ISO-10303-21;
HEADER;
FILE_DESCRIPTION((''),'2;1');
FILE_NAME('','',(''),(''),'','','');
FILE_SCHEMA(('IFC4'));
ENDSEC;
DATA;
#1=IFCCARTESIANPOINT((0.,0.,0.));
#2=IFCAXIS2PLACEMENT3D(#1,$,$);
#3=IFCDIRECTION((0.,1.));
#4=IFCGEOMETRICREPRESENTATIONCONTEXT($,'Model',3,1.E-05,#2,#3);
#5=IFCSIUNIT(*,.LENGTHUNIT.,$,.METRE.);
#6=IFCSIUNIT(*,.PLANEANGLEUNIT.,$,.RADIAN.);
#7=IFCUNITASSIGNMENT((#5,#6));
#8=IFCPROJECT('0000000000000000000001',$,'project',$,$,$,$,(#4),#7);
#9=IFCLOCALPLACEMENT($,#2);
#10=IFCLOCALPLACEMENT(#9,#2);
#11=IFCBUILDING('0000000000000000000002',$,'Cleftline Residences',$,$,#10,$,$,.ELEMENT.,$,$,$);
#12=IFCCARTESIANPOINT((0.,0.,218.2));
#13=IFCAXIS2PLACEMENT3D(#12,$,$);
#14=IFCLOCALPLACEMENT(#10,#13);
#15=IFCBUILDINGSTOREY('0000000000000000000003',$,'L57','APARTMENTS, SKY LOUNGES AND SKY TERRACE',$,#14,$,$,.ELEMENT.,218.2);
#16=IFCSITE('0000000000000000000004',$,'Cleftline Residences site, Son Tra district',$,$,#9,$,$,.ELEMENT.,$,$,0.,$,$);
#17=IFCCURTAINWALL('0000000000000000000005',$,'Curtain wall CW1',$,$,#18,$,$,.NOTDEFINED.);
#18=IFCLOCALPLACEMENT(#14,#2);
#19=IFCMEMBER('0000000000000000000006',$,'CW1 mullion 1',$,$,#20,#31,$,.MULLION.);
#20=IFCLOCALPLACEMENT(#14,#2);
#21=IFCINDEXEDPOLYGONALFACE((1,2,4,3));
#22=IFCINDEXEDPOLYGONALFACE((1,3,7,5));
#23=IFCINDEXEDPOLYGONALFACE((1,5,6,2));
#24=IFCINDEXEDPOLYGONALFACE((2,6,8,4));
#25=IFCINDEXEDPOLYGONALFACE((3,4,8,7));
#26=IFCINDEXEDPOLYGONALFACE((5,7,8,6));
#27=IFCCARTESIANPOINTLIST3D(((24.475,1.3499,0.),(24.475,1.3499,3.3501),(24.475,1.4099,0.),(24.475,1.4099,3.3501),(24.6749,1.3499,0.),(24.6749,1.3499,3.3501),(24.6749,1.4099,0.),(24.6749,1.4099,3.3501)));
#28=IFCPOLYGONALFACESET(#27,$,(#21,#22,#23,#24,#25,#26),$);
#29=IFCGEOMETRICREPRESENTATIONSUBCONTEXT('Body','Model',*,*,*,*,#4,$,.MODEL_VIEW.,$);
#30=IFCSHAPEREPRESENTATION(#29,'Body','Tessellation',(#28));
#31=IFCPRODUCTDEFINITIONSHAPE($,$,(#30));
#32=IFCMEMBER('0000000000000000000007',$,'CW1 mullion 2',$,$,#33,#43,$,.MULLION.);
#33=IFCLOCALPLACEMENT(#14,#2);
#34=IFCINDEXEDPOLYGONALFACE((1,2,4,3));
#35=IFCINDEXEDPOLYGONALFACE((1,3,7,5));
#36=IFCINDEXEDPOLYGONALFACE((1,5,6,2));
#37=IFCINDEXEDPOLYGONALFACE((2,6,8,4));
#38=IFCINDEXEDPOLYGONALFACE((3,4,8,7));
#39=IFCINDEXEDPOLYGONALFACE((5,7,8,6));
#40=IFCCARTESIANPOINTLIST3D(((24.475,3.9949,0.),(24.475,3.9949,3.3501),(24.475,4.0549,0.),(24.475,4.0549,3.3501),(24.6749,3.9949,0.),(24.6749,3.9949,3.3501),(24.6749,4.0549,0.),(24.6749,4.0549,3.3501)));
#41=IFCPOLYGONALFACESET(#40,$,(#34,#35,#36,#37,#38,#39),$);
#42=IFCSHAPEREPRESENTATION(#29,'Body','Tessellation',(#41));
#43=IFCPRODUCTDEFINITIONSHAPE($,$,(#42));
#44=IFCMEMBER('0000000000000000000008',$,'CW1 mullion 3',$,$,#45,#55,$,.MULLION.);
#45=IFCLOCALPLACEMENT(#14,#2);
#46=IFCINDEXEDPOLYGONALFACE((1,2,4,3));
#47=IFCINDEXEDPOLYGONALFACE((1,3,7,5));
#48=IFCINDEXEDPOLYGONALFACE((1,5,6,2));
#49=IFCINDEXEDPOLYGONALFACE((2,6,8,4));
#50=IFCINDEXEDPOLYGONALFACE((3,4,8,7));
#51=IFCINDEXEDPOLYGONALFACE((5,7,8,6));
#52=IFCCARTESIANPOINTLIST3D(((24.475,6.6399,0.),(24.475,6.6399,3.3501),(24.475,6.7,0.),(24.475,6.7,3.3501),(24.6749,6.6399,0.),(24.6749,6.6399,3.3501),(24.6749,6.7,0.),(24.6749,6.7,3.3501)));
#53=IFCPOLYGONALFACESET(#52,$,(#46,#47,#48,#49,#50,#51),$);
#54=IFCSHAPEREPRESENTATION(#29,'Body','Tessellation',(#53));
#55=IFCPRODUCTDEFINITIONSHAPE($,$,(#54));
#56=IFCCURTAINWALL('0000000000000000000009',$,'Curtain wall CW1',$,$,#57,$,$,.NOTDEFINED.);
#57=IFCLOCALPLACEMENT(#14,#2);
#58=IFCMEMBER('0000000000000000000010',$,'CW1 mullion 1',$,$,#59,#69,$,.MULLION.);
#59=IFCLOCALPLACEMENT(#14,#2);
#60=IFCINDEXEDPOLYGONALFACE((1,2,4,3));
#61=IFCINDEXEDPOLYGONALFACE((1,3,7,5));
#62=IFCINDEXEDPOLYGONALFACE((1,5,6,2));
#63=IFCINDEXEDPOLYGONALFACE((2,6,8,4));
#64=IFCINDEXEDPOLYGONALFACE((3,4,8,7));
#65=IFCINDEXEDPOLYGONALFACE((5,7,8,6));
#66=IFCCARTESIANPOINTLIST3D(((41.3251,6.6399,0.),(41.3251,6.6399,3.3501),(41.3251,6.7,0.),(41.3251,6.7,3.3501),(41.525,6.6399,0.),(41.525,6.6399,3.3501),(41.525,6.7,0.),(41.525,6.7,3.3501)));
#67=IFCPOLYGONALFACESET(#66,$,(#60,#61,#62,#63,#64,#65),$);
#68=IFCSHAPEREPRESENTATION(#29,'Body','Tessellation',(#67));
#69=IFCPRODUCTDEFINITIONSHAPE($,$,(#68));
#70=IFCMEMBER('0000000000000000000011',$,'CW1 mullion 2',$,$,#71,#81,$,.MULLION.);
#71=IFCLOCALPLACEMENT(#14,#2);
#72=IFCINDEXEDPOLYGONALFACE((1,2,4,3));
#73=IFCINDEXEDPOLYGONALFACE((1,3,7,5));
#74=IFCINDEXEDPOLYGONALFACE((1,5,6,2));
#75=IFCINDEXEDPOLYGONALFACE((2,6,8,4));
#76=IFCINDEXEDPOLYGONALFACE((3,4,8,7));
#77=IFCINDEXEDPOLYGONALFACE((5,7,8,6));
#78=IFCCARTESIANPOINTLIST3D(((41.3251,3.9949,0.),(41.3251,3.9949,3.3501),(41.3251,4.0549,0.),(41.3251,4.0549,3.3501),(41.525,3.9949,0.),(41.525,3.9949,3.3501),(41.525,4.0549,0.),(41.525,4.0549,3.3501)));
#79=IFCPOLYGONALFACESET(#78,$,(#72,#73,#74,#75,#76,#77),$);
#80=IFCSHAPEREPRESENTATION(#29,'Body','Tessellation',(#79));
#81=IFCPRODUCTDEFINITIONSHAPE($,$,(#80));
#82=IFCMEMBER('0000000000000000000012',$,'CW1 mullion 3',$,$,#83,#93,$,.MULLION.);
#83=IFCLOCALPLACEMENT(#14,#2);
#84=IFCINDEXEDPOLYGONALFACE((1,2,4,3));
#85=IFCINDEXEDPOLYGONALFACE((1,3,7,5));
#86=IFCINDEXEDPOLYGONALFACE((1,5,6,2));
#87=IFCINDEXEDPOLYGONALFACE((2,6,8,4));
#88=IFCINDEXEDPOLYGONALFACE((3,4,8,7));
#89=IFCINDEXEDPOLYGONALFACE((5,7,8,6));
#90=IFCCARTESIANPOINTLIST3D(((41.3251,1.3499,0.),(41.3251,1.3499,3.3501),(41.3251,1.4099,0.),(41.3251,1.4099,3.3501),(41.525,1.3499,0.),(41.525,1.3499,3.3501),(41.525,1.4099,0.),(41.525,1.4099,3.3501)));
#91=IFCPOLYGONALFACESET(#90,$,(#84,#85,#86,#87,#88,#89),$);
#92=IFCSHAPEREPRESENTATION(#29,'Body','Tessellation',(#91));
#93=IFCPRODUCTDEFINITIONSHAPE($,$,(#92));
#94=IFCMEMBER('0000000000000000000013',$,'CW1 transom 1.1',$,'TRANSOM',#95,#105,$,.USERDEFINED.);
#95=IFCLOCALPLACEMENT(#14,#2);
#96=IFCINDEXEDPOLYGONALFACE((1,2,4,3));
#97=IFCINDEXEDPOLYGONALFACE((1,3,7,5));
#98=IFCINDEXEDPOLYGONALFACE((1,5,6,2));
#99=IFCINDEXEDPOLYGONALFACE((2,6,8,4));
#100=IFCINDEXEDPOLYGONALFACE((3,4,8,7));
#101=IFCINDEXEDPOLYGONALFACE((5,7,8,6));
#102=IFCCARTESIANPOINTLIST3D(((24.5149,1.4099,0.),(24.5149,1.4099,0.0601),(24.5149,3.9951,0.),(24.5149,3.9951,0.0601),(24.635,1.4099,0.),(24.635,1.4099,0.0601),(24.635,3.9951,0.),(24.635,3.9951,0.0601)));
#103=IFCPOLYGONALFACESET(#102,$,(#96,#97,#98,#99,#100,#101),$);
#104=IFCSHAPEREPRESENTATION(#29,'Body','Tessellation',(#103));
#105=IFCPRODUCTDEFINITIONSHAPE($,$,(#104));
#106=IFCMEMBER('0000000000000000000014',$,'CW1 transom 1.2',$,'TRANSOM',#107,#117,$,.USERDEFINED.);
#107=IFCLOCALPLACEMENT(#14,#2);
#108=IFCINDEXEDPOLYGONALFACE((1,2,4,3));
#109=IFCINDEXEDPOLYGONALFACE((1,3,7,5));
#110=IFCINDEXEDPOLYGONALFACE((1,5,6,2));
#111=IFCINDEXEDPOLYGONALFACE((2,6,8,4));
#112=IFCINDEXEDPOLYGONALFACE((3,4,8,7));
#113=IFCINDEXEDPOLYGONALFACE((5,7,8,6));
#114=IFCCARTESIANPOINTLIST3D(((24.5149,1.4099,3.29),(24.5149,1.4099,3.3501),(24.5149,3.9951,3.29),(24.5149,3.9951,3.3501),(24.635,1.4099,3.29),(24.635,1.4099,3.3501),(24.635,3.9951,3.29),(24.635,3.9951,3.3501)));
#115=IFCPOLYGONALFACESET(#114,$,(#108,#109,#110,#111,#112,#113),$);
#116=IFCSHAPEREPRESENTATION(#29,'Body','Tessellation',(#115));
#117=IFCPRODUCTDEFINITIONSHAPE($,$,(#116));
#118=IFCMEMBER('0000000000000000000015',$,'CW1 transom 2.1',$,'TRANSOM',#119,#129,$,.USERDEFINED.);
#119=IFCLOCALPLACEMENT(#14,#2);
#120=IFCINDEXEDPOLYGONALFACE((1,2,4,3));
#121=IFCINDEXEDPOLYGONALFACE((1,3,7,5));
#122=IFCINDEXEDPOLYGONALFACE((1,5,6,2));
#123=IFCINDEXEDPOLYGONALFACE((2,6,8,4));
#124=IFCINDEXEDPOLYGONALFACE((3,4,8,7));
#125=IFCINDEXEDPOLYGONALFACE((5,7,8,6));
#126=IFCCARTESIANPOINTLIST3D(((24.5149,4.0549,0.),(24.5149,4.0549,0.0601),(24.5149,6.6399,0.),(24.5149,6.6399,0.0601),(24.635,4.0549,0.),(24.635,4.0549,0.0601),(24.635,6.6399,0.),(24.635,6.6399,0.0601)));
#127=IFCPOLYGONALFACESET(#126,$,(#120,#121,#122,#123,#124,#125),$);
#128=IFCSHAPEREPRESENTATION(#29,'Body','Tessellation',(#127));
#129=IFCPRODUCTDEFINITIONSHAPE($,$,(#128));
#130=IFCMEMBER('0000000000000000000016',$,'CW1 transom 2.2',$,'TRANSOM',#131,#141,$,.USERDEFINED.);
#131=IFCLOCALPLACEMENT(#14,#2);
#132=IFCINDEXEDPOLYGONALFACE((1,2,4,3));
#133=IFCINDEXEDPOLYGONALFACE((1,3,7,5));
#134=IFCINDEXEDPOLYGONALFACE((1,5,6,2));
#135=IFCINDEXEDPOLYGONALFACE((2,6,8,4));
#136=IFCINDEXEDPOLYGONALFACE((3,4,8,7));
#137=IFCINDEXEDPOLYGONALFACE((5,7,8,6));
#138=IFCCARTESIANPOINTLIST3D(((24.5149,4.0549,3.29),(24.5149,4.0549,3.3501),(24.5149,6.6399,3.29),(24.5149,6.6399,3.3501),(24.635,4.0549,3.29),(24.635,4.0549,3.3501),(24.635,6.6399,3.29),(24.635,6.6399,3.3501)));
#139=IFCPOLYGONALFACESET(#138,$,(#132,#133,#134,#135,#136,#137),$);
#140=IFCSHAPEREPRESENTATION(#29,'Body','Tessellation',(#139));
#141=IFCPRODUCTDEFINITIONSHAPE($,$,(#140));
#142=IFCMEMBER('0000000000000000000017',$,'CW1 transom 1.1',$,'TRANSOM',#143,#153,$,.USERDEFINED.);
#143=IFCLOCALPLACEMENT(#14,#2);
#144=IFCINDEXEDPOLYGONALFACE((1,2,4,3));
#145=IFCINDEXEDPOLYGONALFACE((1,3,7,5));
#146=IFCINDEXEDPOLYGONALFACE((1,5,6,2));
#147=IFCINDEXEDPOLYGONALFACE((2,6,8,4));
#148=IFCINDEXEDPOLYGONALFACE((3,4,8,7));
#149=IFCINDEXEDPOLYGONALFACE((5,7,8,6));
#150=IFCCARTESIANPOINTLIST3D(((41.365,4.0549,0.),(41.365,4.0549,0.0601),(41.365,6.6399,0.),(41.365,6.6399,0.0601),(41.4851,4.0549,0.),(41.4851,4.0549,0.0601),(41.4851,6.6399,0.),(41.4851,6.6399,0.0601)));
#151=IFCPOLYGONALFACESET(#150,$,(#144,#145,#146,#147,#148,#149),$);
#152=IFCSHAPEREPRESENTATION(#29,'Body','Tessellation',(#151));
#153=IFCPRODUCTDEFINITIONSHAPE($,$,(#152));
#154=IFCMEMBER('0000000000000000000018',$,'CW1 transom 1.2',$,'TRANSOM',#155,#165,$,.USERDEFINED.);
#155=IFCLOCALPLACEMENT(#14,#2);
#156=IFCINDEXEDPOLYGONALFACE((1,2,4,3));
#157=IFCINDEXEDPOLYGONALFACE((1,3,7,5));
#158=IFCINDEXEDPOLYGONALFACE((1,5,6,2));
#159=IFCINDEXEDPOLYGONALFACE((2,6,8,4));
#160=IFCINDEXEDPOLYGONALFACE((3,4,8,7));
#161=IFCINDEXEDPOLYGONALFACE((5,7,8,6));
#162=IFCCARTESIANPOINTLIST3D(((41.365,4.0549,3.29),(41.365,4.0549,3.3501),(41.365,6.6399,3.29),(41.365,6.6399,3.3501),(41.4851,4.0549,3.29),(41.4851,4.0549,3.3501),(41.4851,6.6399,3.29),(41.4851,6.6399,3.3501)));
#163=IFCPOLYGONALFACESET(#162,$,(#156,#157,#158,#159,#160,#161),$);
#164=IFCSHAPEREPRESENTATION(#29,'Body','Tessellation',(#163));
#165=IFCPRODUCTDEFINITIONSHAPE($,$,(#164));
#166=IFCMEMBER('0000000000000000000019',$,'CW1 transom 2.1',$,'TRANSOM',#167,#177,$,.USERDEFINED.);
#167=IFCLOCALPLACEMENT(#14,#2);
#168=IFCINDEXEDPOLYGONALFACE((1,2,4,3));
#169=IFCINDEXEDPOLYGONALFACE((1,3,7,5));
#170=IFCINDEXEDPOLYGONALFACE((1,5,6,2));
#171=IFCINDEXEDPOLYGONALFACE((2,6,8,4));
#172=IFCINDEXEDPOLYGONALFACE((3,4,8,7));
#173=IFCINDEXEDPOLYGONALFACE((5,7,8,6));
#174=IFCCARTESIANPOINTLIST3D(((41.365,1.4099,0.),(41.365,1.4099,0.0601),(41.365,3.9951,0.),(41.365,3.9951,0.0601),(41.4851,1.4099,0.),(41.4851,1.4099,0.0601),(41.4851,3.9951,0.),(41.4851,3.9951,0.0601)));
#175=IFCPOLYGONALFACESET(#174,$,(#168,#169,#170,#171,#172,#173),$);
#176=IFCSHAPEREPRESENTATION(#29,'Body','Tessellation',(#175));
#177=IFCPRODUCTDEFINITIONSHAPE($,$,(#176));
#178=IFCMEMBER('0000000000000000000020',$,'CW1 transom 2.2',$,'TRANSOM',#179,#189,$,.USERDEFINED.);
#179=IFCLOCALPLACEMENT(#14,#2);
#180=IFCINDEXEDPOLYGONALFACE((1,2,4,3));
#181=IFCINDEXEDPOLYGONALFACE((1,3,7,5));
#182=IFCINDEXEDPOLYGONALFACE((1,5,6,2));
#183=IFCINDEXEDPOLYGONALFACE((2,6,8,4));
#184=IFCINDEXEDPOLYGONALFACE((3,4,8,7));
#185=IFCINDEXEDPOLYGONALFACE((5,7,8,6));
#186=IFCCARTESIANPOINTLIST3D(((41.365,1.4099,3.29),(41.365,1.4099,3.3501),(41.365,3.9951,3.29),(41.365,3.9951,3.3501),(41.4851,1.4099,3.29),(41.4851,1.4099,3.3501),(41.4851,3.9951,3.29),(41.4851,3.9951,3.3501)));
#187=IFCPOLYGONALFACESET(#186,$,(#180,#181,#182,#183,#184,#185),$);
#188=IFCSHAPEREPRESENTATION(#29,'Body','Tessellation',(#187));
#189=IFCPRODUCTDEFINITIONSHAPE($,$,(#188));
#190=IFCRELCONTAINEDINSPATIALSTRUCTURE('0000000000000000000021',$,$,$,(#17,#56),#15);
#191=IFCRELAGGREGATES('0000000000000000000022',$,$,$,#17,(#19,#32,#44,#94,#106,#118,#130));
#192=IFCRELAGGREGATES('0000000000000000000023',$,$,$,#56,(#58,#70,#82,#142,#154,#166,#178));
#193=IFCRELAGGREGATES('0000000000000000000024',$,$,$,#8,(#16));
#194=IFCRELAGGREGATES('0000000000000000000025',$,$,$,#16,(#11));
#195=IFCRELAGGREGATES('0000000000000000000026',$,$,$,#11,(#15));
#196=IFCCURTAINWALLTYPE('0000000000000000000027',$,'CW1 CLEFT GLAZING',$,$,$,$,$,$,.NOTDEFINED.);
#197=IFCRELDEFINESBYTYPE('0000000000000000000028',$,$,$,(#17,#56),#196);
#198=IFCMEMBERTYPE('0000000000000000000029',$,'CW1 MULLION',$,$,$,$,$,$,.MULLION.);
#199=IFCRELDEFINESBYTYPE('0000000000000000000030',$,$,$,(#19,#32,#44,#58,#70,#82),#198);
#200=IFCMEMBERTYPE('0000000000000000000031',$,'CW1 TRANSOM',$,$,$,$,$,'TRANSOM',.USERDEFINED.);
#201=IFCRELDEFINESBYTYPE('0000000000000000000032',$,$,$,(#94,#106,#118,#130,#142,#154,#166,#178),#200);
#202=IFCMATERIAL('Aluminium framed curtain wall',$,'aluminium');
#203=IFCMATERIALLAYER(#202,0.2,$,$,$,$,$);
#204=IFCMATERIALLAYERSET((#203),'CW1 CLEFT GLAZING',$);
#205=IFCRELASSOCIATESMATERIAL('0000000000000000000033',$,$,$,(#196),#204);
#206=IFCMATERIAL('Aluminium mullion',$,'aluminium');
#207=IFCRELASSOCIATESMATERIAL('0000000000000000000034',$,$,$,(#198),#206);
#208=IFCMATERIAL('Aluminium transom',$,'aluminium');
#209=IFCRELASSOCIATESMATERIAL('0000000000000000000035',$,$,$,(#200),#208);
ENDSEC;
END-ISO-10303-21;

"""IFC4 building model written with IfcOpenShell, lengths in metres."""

from ifc_helpers import new_model, si_unit, direction, frame, origin, origin_2d, place, context, subcontext, project, spatial, rectangle, extrude, material, layer, layer_set, material_profile, profile_set, type_object, element, aggregate, save


model = new_model("IFC4")

# Units and contexts
model_context = context("Model", 3, precision=1e-05, world=origin(), true_north=direction((0.0, 1.0)))
body_context = subcontext(model_context, "Body", "Model", "MODEL_VIEW")
ifc_project = project(units=[si_unit("LENGTHUNIT", "METRE"), si_unit("PLANEANGLEUNIT", "RADIAN")], contexts=[model_context])

# Site, building, storey
site_placement = place(None, origin())
site = spatial("IfcSite", under=ifc_project, at=site_placement, Name="Cleftline Residences site, Son Tra district", CompositionType="ELEMENT", RefElevation=0.0)
building_placement = place(site_placement, origin())
building = spatial("IfcBuilding", under=site, at=building_placement, Name="Cleftline Residences", CompositionType="ELEMENT")
storey_placement = place(building_placement, frame((0.0, 0.0, 218.2)))
storey = spatial("IfcBuildingStorey", under=building, at=storey_placement, Name="L57", Description="APARTMENTS, SKY LOUNGES AND SKY TERRACE", CompositionType="ELEMENT", Elevation=218.2)

# Curtain walls, members
ifc_material_1 = material(Name="Aluminium framed curtain wall", Category="aluminium")
ifc_layer_1 = layer(ifc_material_1, 0.2)
ifc_layer_set_1 = layer_set([ifc_layer_1], Name="CW1 CLEFT GLAZING")
curtain_wall_type = type_object("IfcCurtainWallType", Name="CW1 CLEFT GLAZING", PredefinedType="NOTDEFINED", material=ifc_layer_set_1)
curtain_wall_1_placement = place(storey_placement, origin())
curtain_wall_1 = element("IfcCurtainWall", 1, at=curtain_wall_1_placement, inside=storey, type_object=curtain_wall_type, Name="Curtain wall CW1", PredefinedType="NOTDEFINED")
ifc_material_2 = material(Name="Aluminium mullion", Category="aluminium")
ifc_material_profile_1 = material_profile(ifc_material_2, rectangle(XDim=0.2, YDim=0.0601, at=origin_2d()))
ifc_profile_set_1 = profile_set([ifc_material_profile_1], Name="Aluminium mullion")
member_type_1 = type_object("IfcMemberType", Name="CW1 MULLION", PredefinedType="MULLION", material=ifc_profile_set_1)
member_1_placement = place(storey_placement, frame((24.575, 1.3799, 0.0), z_axis=(0.0, 0.0, 1.0), x_axis=(-1.0, 0.0, 0.0)))
member_1 = element("IfcMember", 2, at=member_1_placement, type_object=member_type_1, Name="CW1 mullion 1", PredefinedType="MULLION", context=body_context, shape_type="SweptSolid", body=[
    extrude(rectangle(XDim=0.2, YDim=0.0601, at=origin_2d()), origin(), (0.0, 0.0, 1.0), 3.3501),
])
member_2_placement = place(storey_placement, frame((24.575, 4.0249, 0.0), z_axis=(0.0, 0.0, 1.0), x_axis=(-1.0, 0.0, 0.0)))
member_2 = element("IfcMember", 3, at=member_2_placement, type_object=member_type_1, Name="CW1 mullion 2", PredefinedType="MULLION", context=body_context, shape_type="SweptSolid", body=[
    extrude(rectangle(XDim=0.2, YDim=0.0601, at=origin_2d()), origin(), (0.0, 0.0, 1.0), 3.3501),
])
member_3_placement = place(storey_placement, frame((24.575, 6.6699, 0.0), z_axis=(0.0, 0.0, 1.0), x_axis=(-1.0, 0.0, 0.0)))
member_3 = element("IfcMember", 4, at=member_3_placement, type_object=member_type_1, Name="CW1 mullion 3", PredefinedType="MULLION", context=body_context, shape_type="SweptSolid", body=[
    extrude(rectangle(XDim=0.2, YDim=0.0601, at=origin_2d()), origin(), (0.0, 0.0, 1.0), 3.3501),
])
curtain_wall_2_placement = place(storey_placement, origin())
curtain_wall_2 = element("IfcCurtainWall", 5, at=curtain_wall_2_placement, inside=storey, type_object=curtain_wall_type, Name="Curtain wall CW1", PredefinedType="NOTDEFINED")
member_4_placement = place(storey_placement, frame((41.425, 6.6699, 0.0), z_axis=(0.0, 0.0, 1.0), x_axis=(1.0, 0.0, 0.0)))
member_4 = element("IfcMember", 6, at=member_4_placement, type_object=member_type_1, Name="CW1 mullion 1", PredefinedType="MULLION", context=body_context, shape_type="SweptSolid", body=[
    extrude(rectangle(XDim=0.2, YDim=0.0601, at=origin_2d()), origin(), (0.0, 0.0, 1.0), 3.3501),
])
member_5_placement = place(storey_placement, frame((41.425, 4.0249, 0.0), z_axis=(0.0, 0.0, 1.0), x_axis=(1.0, 0.0, 0.0)))
member_5 = element("IfcMember", 7, at=member_5_placement, type_object=member_type_1, Name="CW1 mullion 2", PredefinedType="MULLION", context=body_context, shape_type="SweptSolid", body=[
    extrude(rectangle(XDim=0.2, YDim=0.0601, at=origin_2d()), origin(), (0.0, 0.0, 1.0), 3.3501),
])
member_6_placement = place(storey_placement, frame((41.425, 1.3799, 0.0), z_axis=(0.0, 0.0, 1.0), x_axis=(1.0, 0.0, 0.0)))
member_6 = element("IfcMember", 8, at=member_6_placement, type_object=member_type_1, Name="CW1 mullion 3", PredefinedType="MULLION", context=body_context, shape_type="SweptSolid", body=[
    extrude(rectangle(XDim=0.2, YDim=0.0601, at=origin_2d()), origin(), (0.0, 0.0, 1.0), 3.3501),
])

# Members
ifc_material_3 = material(Name="Aluminium transom", Category="aluminium")
ifc_material_profile_2 = material_profile(ifc_material_3, rectangle(XDim=0.1201, YDim=0.0601, at=origin_2d()))
ifc_profile_set_2 = profile_set([ifc_material_profile_2], Name="Aluminium transom")
member_type_2 = type_object("IfcMemberType", Name="CW1 TRANSOM", ElementType="TRANSOM", PredefinedType="USERDEFINED", material=ifc_profile_set_2)
member_7_placement = place(storey_placement, frame((24.575, 1.4099, 0.03), z_axis=(0.0, 1.0, 0.0), x_axis=(-1.0, 0.0, 0.0)))
member_7 = element("IfcMember", 9, at=member_7_placement, type_object=member_type_2, Name="CW1 transom 1.1", ObjectType="TRANSOM", PredefinedType="USERDEFINED", context=body_context, shape_type="SweptSolid", body=[
    extrude(rectangle(XDim=0.1201, YDim=0.0601, at=origin_2d()), origin(), (0.0, 0.0, 1.0), 2.5852),
])
member_8_placement = place(storey_placement, frame((24.575, 1.4099, 3.3201), z_axis=(0.0, 1.0, 0.0), x_axis=(-1.0, 0.0, 0.0)))
member_8 = element("IfcMember", 10, at=member_8_placement, type_object=member_type_2, Name="CW1 transom 1.2", ObjectType="TRANSOM", PredefinedType="USERDEFINED", context=body_context, shape_type="SweptSolid", body=[
    extrude(rectangle(XDim=0.1201, YDim=0.0601, at=origin_2d()), origin(), (0.0, 0.0, 1.0), 2.5852),
])
member_9_placement = place(storey_placement, frame((24.575, 4.0549, 0.03), z_axis=(0.0, 1.0, 0.0), x_axis=(-1.0, 0.0, 0.0)))
member_9 = element("IfcMember", 11, at=member_9_placement, type_object=member_type_2, Name="CW1 transom 2.1", ObjectType="TRANSOM", PredefinedType="USERDEFINED", context=body_context, shape_type="SweptSolid", body=[
    extrude(rectangle(XDim=0.1201, YDim=0.0601, at=origin_2d()), origin(), (0.0, 0.0, 1.0), 2.585),
])
member_10_placement = place(storey_placement, frame((24.575, 4.0549, 3.3201), z_axis=(0.0, 1.0, 0.0), x_axis=(-1.0, 0.0, 0.0)))
member_10 = element("IfcMember", 12, at=member_10_placement, type_object=member_type_2, Name="CW1 transom 2.2", ObjectType="TRANSOM", PredefinedType="USERDEFINED", context=body_context, shape_type="SweptSolid", body=[
    extrude(rectangle(XDim=0.1201, YDim=0.0601, at=origin_2d()), origin(), (0.0, 0.0, 1.0), 2.585),
])
member_11_placement = place(storey_placement, frame((41.425, 6.6399, 0.03), z_axis=(0.0, -1.0, 0.0), x_axis=(1.0, 0.0, 0.0)))
member_11 = element("IfcMember", 13, at=member_11_placement, type_object=member_type_2, Name="CW1 transom 1.1", ObjectType="TRANSOM", PredefinedType="USERDEFINED", context=body_context, shape_type="SweptSolid", body=[
    extrude(rectangle(XDim=0.1201, YDim=0.0601, at=origin_2d()), origin(), (0.0, 0.0, 1.0), 2.585),
])
member_12_placement = place(storey_placement, frame((41.425, 6.6399, 3.3201), z_axis=(0.0, -1.0, 0.0), x_axis=(1.0, 0.0, 0.0)))
member_12 = element("IfcMember", 14, at=member_12_placement, type_object=member_type_2, Name="CW1 transom 1.2", ObjectType="TRANSOM", PredefinedType="USERDEFINED", context=body_context, shape_type="SweptSolid", body=[
    extrude(rectangle(XDim=0.1201, YDim=0.0601, at=origin_2d()), origin(), (0.0, 0.0, 1.0), 2.585),
])
member_13_placement = place(storey_placement, frame((41.425, 3.9951, 0.03), z_axis=(0.0, -1.0, 0.0), x_axis=(1.0, 0.0, 0.0)))
member_13 = element("IfcMember", 15, at=member_13_placement, type_object=member_type_2, Name="CW1 transom 2.1", ObjectType="TRANSOM", PredefinedType="USERDEFINED", context=body_context, shape_type="SweptSolid", body=[
    extrude(rectangle(XDim=0.1201, YDim=0.0601, at=origin_2d()), origin(), (0.0, 0.0, 1.0), 2.5852),
])
member_14_placement = place(storey_placement, frame((41.425, 3.9951, 3.3201), z_axis=(0.0, -1.0, 0.0), x_axis=(1.0, 0.0, 0.0)))
member_14 = element("IfcMember", 16, at=member_14_placement, type_object=member_type_2, Name="CW1 transom 2.2", ObjectType="TRANSOM", PredefinedType="USERDEFINED", context=body_context, shape_type="SweptSolid", body=[
    extrude(rectangle(XDim=0.1201, YDim=0.0601, at=origin_2d()), origin(), (0.0, 0.0, 1.0), 2.5852),
])

aggregate(curtain_wall_1, [member_1, member_2, member_3, member_7, member_8, member_9, member_10])
aggregate(curtain_wall_2, [member_4, member_5, member_6, member_11, member_12, member_13, member_14])

save(model, "model.ifc")
